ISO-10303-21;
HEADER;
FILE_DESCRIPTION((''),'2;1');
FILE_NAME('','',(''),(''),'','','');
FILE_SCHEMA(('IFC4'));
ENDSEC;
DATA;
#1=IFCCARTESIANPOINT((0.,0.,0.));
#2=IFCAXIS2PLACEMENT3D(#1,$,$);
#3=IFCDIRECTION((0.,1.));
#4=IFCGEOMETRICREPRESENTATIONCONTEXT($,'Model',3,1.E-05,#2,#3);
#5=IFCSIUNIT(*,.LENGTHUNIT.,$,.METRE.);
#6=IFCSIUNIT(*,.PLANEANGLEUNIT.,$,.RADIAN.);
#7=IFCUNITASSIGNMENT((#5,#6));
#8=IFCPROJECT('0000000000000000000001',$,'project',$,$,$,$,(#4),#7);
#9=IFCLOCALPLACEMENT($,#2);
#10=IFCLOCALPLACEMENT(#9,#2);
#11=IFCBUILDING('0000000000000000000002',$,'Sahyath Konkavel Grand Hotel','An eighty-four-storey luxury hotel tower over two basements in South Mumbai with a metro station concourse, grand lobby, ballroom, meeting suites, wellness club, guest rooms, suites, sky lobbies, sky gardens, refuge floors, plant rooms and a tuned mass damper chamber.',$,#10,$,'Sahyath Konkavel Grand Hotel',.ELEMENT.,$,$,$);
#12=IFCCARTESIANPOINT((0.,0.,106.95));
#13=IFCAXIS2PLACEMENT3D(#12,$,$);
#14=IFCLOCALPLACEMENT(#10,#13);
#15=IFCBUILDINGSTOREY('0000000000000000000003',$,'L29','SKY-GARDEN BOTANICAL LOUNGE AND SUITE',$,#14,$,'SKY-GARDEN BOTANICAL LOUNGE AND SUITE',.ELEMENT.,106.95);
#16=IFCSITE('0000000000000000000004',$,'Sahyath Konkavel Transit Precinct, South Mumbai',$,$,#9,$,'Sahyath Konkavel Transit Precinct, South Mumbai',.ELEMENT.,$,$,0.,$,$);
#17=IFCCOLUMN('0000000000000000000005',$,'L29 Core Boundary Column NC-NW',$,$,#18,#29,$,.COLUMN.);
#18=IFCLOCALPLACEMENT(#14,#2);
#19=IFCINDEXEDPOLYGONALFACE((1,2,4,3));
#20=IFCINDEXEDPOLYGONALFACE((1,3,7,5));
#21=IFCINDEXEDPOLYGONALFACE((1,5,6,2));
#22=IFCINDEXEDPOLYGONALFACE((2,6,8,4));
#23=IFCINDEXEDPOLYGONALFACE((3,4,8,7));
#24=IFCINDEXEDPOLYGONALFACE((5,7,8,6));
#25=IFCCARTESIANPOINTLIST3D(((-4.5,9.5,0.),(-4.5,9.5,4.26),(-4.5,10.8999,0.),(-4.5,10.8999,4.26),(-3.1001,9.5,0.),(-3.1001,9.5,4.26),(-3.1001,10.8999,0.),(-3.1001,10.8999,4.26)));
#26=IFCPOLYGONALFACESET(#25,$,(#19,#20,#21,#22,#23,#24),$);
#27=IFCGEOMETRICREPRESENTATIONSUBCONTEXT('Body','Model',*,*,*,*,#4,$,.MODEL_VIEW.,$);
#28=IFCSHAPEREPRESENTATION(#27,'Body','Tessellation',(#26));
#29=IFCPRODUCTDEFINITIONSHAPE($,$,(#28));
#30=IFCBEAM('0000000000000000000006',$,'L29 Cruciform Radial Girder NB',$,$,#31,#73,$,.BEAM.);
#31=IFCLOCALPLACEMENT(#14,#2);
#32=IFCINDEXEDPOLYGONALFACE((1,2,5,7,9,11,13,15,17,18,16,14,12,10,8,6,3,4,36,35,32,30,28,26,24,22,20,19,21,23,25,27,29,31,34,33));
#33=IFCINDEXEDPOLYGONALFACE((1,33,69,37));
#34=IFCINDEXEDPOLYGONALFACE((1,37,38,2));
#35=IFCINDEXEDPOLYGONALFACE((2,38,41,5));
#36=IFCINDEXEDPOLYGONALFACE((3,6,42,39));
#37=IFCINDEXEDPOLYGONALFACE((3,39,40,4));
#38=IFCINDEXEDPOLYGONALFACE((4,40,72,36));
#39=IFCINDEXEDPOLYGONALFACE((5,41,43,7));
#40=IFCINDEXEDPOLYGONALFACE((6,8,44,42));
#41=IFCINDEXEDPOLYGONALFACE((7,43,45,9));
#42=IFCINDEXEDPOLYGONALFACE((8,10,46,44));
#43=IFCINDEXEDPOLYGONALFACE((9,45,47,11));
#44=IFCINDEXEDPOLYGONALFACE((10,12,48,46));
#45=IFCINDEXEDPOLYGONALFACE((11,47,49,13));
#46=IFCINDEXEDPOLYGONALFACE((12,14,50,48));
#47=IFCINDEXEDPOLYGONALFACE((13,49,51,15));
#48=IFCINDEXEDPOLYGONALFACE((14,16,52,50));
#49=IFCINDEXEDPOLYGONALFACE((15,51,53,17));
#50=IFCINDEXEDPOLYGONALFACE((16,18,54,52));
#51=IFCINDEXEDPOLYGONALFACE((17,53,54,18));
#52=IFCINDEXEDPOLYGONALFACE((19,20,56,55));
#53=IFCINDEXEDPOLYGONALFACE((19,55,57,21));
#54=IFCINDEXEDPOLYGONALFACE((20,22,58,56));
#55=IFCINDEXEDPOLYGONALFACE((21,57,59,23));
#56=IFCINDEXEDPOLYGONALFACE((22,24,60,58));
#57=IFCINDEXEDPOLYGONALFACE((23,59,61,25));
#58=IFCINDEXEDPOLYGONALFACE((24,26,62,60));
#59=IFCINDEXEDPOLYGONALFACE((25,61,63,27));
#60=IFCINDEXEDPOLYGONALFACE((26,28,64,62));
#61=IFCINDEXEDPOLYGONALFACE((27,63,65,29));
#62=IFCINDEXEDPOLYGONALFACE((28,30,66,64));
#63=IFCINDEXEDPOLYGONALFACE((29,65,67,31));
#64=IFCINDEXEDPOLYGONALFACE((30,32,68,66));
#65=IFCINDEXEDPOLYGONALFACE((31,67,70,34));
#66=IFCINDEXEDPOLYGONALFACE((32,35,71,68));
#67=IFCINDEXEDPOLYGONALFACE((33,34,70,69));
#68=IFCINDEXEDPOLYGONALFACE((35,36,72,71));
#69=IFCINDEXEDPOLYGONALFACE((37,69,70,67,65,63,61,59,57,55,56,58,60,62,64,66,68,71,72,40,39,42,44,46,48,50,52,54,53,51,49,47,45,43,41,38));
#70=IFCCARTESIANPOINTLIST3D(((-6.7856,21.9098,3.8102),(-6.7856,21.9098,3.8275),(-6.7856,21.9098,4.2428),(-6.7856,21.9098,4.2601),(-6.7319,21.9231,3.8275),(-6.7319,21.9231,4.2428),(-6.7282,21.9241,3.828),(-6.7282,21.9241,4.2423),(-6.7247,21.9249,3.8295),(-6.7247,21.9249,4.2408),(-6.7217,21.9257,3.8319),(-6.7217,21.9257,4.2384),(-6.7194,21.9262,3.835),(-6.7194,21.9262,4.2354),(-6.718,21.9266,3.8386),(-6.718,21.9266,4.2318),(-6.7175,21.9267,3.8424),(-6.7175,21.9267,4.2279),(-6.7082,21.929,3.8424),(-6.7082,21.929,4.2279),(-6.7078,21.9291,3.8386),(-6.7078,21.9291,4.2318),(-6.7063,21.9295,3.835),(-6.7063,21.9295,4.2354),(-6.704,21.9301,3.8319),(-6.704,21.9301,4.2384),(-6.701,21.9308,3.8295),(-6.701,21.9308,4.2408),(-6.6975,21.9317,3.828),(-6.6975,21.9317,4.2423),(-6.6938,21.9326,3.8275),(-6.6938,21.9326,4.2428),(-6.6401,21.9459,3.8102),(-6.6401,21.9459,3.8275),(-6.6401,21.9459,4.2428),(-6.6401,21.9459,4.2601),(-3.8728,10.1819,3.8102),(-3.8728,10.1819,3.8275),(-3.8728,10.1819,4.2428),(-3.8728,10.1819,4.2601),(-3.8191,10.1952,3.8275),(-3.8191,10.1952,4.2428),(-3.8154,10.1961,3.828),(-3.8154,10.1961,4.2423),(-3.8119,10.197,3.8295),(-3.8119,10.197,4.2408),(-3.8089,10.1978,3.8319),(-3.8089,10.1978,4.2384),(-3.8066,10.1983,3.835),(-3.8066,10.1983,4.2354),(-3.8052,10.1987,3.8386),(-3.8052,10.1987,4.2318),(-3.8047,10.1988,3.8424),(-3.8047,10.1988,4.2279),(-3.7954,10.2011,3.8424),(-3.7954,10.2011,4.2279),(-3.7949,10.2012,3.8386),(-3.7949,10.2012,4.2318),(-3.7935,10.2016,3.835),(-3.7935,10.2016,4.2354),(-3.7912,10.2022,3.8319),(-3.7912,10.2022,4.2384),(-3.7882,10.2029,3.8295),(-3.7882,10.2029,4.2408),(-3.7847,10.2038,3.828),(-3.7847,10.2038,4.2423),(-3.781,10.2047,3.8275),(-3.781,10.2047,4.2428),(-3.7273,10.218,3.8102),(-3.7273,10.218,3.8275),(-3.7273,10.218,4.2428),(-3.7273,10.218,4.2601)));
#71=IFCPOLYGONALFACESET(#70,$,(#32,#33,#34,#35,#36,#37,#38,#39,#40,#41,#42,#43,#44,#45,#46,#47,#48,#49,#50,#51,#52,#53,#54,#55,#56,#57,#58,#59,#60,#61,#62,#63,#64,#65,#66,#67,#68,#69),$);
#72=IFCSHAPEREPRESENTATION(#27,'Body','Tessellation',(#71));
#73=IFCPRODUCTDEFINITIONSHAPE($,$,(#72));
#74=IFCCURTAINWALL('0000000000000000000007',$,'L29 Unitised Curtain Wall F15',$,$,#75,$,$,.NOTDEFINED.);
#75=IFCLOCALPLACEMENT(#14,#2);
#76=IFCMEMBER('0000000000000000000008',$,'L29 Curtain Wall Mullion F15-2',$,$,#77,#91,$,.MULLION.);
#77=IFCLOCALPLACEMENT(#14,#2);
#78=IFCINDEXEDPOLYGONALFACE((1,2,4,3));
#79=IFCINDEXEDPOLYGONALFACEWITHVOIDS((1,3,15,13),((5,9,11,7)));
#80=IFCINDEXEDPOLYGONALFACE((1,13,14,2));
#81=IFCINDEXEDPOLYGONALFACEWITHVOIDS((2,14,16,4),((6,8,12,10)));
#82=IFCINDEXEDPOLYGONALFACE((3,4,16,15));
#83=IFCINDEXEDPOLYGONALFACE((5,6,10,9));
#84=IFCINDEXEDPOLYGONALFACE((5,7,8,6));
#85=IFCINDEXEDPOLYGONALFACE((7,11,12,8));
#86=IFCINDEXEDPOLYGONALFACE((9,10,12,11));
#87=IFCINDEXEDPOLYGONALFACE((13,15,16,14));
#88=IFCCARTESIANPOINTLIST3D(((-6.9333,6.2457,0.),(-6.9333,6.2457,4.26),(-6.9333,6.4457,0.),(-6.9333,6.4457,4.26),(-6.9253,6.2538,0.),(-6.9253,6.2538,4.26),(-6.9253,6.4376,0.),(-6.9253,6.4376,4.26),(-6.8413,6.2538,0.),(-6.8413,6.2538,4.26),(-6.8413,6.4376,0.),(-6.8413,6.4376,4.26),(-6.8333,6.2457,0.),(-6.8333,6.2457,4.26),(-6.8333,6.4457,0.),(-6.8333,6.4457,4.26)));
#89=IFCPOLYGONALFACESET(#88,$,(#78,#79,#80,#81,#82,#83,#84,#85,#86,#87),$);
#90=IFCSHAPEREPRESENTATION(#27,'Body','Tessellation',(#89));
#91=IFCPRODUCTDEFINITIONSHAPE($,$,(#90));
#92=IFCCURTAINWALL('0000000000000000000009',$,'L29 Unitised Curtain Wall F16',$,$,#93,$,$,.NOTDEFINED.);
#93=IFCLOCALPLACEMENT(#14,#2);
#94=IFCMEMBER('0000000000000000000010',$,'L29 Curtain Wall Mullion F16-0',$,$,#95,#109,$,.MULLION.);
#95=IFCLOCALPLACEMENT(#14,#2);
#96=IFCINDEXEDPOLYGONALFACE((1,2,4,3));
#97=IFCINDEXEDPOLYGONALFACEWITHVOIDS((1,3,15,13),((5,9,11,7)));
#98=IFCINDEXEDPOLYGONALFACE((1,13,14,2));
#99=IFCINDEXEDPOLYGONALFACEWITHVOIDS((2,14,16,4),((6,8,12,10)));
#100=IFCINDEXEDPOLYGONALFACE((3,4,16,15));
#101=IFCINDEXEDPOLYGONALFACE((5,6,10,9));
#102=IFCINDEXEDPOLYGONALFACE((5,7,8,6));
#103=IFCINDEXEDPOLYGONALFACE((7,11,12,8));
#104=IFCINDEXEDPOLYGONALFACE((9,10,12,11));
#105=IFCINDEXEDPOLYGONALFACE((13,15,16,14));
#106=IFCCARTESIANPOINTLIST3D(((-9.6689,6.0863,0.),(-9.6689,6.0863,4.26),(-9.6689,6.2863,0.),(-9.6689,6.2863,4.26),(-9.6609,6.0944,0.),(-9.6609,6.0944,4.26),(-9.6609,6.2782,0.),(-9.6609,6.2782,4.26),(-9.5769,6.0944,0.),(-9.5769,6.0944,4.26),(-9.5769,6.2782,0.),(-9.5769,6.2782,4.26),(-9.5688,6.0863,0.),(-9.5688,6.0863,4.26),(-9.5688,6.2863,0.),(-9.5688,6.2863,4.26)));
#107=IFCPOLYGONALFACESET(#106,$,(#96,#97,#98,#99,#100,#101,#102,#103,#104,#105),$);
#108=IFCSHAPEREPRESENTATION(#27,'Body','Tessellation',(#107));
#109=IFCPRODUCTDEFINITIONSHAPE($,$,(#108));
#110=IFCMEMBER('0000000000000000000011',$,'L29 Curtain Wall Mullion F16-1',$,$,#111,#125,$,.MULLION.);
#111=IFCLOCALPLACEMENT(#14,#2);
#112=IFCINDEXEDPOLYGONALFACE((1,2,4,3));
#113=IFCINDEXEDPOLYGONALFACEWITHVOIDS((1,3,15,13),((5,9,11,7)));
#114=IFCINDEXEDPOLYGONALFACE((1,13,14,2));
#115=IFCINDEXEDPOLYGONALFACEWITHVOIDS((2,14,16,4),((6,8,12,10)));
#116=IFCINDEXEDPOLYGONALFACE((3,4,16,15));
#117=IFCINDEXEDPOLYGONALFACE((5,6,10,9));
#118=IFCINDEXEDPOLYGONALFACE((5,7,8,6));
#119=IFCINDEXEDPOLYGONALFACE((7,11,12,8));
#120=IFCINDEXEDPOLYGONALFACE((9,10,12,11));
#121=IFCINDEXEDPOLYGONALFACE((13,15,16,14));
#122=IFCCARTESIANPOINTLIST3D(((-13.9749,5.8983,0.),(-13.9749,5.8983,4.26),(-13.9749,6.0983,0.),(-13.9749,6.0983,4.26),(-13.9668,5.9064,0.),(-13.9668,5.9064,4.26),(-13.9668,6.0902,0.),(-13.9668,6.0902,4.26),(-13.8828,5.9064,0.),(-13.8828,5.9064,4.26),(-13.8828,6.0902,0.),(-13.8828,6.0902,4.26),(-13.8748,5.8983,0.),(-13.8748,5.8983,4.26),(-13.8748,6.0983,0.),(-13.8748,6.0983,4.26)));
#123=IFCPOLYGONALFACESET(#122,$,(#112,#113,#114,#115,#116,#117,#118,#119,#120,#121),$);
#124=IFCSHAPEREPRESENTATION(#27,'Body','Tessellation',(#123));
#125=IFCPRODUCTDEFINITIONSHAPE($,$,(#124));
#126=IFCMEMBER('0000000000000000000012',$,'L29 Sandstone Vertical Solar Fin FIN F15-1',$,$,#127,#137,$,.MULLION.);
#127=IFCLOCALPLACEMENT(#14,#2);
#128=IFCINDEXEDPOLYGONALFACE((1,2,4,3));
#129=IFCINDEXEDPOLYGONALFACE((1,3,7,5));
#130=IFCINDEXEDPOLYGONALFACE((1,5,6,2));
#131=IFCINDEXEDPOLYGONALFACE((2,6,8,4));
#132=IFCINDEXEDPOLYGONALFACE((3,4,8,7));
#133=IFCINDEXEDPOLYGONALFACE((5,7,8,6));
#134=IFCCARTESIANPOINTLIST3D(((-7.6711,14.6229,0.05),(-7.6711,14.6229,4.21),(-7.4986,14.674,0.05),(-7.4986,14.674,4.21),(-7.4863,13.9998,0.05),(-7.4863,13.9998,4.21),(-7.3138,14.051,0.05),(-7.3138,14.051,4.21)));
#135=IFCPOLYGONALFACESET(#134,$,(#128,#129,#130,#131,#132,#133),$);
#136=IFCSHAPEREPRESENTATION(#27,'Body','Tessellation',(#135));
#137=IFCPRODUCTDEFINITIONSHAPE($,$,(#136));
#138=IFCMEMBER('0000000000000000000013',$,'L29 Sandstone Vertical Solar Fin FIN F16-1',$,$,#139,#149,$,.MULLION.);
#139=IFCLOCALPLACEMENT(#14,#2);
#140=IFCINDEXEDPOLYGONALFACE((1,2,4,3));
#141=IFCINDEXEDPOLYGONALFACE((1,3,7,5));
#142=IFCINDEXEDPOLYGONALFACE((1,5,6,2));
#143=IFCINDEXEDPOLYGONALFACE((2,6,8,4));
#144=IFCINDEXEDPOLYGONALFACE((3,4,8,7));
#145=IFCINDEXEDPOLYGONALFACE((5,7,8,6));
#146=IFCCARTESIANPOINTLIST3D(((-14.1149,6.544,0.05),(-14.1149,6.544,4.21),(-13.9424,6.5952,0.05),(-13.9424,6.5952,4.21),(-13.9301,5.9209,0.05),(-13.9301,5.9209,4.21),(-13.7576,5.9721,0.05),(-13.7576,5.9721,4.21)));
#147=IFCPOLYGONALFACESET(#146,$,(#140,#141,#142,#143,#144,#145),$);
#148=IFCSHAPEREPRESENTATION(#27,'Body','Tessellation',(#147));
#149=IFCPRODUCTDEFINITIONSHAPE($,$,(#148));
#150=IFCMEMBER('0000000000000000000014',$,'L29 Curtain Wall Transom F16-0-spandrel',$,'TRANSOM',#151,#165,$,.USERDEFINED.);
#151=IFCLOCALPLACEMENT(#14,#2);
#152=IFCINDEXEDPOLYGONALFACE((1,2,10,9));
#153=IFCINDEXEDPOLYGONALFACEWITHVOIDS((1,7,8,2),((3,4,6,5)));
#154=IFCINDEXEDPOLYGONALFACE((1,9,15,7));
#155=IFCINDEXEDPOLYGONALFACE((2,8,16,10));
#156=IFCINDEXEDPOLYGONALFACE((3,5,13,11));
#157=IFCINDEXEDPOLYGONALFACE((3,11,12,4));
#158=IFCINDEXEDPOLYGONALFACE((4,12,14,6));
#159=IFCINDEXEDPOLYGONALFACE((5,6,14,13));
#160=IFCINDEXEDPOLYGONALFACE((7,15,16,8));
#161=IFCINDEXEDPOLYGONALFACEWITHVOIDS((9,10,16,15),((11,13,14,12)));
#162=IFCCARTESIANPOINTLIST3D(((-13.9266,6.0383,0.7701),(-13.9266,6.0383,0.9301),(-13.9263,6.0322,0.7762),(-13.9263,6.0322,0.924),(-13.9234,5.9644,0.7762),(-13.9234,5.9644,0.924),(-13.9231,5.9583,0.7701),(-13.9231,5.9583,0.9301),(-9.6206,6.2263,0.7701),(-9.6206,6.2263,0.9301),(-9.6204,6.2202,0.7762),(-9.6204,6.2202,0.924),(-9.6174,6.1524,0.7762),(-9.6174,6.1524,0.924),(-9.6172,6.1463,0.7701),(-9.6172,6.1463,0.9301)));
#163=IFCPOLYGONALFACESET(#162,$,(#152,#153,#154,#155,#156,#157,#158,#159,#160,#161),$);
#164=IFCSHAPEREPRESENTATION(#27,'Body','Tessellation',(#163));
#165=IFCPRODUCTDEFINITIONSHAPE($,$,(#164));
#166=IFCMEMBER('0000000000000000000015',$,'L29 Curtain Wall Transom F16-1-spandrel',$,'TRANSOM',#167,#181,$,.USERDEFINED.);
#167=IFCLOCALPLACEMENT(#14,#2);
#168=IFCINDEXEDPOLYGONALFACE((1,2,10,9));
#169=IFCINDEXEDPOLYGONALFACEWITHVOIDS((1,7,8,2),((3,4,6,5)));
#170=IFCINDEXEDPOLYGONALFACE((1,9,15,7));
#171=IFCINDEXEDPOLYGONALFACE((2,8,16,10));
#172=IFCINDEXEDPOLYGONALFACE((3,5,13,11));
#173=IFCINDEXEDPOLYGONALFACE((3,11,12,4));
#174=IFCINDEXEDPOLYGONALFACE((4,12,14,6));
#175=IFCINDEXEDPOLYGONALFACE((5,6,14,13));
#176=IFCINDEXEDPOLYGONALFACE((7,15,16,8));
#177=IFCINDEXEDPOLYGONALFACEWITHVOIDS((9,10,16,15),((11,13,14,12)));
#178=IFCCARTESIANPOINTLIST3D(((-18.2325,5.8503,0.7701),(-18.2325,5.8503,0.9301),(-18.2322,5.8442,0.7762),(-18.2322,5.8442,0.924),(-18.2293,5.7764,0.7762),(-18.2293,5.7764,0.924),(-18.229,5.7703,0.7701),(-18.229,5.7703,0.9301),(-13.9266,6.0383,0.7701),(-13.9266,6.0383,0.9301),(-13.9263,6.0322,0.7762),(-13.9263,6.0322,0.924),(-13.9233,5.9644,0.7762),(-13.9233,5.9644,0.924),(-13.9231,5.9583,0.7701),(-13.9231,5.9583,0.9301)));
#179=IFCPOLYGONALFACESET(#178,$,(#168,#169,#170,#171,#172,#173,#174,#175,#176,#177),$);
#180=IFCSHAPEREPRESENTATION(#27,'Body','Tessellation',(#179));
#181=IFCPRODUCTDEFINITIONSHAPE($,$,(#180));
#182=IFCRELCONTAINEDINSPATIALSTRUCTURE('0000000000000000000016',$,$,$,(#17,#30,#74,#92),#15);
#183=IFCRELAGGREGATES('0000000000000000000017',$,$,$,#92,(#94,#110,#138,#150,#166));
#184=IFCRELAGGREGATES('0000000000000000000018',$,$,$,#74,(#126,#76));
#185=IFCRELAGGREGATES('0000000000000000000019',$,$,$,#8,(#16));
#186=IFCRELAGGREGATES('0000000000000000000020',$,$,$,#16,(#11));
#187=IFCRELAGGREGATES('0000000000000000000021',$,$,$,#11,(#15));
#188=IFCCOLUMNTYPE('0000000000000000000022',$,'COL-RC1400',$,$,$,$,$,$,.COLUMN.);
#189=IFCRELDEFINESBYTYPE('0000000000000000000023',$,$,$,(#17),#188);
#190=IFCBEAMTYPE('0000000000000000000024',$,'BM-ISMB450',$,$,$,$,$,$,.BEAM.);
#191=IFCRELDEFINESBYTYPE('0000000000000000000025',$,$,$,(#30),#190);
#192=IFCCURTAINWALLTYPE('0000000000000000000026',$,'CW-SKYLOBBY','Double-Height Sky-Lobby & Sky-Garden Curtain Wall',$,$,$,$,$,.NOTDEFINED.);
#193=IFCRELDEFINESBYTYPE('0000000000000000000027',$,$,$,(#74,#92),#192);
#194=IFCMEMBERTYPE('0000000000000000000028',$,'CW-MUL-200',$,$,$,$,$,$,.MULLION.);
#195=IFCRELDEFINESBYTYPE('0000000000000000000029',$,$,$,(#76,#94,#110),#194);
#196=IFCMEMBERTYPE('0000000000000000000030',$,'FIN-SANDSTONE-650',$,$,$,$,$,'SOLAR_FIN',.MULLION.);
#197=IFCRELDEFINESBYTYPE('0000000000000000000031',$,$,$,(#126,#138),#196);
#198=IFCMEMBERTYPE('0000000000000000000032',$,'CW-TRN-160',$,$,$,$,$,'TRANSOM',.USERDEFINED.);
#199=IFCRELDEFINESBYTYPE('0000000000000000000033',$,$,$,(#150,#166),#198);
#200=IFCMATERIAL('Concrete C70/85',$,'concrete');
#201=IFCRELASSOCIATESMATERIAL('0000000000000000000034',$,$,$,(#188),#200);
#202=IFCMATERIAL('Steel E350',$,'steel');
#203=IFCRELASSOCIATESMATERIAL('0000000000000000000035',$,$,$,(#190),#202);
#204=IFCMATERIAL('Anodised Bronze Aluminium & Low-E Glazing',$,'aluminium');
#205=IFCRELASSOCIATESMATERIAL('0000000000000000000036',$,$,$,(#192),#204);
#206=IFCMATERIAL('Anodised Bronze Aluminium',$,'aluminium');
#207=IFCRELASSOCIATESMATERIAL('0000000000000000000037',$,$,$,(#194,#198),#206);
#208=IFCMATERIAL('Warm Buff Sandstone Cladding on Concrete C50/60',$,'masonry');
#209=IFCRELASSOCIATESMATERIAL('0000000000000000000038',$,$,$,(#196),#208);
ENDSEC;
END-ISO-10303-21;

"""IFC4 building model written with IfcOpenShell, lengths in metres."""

from ifc_helpers import new_model, si_unit, direction, frame, origin, origin_2d, place, context, subcontext, project, spatial, rectangle, hollow_rectangle, i_section, extrude, source, transform, mapped, material, material_profile, profile_set, type_object, element, aggregate, save


model = new_model("IFC4")

# Units and contexts
model_context = context("Model", 3, precision=1e-05, world=origin(), true_north=direction((0.0, 1.0)))
body_context = subcontext(model_context, "Body", "Model", "MODEL_VIEW")
ifc_project = project(units=[si_unit("LENGTHUNIT", "METRE"), si_unit("PLANEANGLEUNIT", "RADIAN")], contexts=[model_context])

# Site, building, storey
site_placement = place(None, origin())
site = spatial("IfcSite", under=ifc_project, at=site_placement, Name="Sahyath Konkavel Transit Precinct, South Mumbai", LongName="Sahyath Konkavel Transit Precinct, South Mumbai", CompositionType="ELEMENT", RefElevation=0.0)
building_placement = place(site_placement, origin())
building = spatial("IfcBuilding", under=site, at=building_placement, Name="Sahyath Konkavel Grand Hotel", Description="An eighty-four-storey luxury hotel tower over two basements in South Mumbai with a metro station concourse, grand lobby, ballroom, meeting suites, wellness club, guest rooms, suites, sky lobbies, sky gardens, refuge floors, plant rooms and a tuned mass damper chamber.", LongName="Sahyath Konkavel Grand Hotel", CompositionType="ELEMENT")
storey_placement = place(building_placement, frame((0.0, 0.0, 106.95)))
storey = spatial("IfcBuildingStorey", under=building, at=storey_placement, Name="L29", Description="SKY-GARDEN BOTANICAL LOUNGE AND SUITE", LongName="SKY-GARDEN BOTANICAL LOUNGE AND SUITE", CompositionType="ELEMENT", Elevation=106.95)

# Column
ifc_material_1 = material(Name="Concrete C70/85", Category="concrete")
ifc_material_profile_1 = material_profile(ifc_material_1, rectangle(XDim=1.3999, YDim=1.3999, at=origin_2d()), Name="RC 1400x1400")
ifc_profile_set_1 = profile_set([ifc_material_profile_1], Name="Concrete C70/85")
column_type = type_object("IfcColumnType", Name="COL-RC1400", PredefinedType="COLUMN", material=ifc_profile_set_1)
shared_shape_1 = source(origin(), body_context, "Body", "SweptSolid", [
    extrude(rectangle(XDim=1.3999, YDim=1.3999, at=origin_2d()), origin(), (0.0, 0.0, 1.0), 4.26),
])
column_placement = place(storey_placement, frame((-3.8, 10.2, 0.0), z_axis=(0.0, 0.0, 1.0), x_axis=(1.0, 0.0, 0.0)))
element("IfcColumn", 1, at=column_placement, inside=storey, type_object=column_type, Name="L29 Core Boundary Column NC-NW", PredefinedType="COLUMN", context=body_context, shape_type="MappedRepresentation", body=[
    mapped(shared_shape_1, transform((0.0, 0.0, 0.0), scale=1.0)),
])

# Beam
ifc_material_2 = material(Name="Steel E350", Category="steel")
ifc_material_profile_2 = material_profile(ifc_material_2, i_section(OverallWidth=0.1499, OverallDepth=0.45, WebThickness=0.0095, FlangeThickness=0.0173, FilletRadius=0.0149, at=origin_2d()), Name="ISMB 450")
ifc_profile_set_2 = profile_set([ifc_material_profile_2], Name="Steel E350")
beam_type = type_object("IfcBeamType", Name="BM-ISMB450", PredefinedType="BEAM", material=ifc_profile_set_2)
shared_shape_2 = source(origin(), body_context, "Body", "SweptSolid", [
    extrude(i_section(OverallWidth=0.1499, OverallDepth=0.45, WebThickness=0.0095, FlangeThickness=0.0173, FilletRadius=0.0149, at=origin_2d()), origin(), (0.0, 0.0, 1.0), 12.0842),
])
beam_placement = place(storey_placement, frame((-3.8, 10.2, 4.0352), z_axis=(-0.241043, 0.970515, 0.0), x_axis=(-0.970515, -0.241043, 0.0)))
element("IfcBeam", 2, at=beam_placement, inside=storey, type_object=beam_type, Name="L29 Cruciform Radial Girder NB", PredefinedType="BEAM", context=body_context, shape_type="MappedRepresentation", body=[
    mapped(shared_shape_2, transform((0.0, 0.0, 0.0), scale=1.0)),
])

# Curtain wall, member
ifc_material_3 = material(Name="Anodised Bronze Aluminium & Low-E Glazing", Category="aluminium")
curtain_wall_type = type_object("IfcCurtainWallType", Name="CW-SKYLOBBY", Description="Double-Height Sky-Lobby & Sky-Garden Curtain Wall", PredefinedType="NOTDEFINED", material=ifc_material_3)
curtain_wall_1_placement = place(storey_placement, origin())
curtain_wall_1 = element("IfcCurtainWall", 3, at=curtain_wall_1_placement, inside=storey, type_object=curtain_wall_type, Name="L29 Unitised Curtain Wall F15", PredefinedType="NOTDEFINED")
ifc_material_4 = material(Name="Anodised Bronze Aluminium", Category="aluminium")
ifc_material_profile_3 = material_profile(ifc_material_4, hollow_rectangle(XDim=0.1001, YDim=0.2, WallThickness=0.0081, at=origin_2d()), Name="RHS 200x100x8")
ifc_profile_set_3 = profile_set([ifc_material_profile_3], Name="Anodised Bronze Aluminium")
member_type_1 = type_object("IfcMemberType", Name="CW-MUL-200", PredefinedType="MULLION", material=ifc_profile_set_3)
shared_shape_3 = source(origin(), body_context, "Body", "SweptSolid", [
    extrude(hollow_rectangle(XDim=0.1001, YDim=0.2, WallThickness=0.0081, at=origin_2d()), origin(), (0.0, 0.0, 1.0), 4.26),
])
member_1_placement = place(storey_placement, frame((-6.8833, 6.3457, 0.0), z_axis=(0.0, 0.0, 1.0), x_axis=(1.0, 0.0, 0.0)))
member_1 = element("IfcMember", 4, at=member_1_placement, type_object=member_type_1, Name="L29 Curtain Wall Mullion F15-2", PredefinedType="MULLION", context=body_context, shape_type="MappedRepresentation", body=[
    mapped(shared_shape_3, transform((0.0, 0.0, 0.0), scale=1.0)),
])

# Curtain wall, members
curtain_wall_2_placement = place(storey_placement, origin())
curtain_wall_2 = element("IfcCurtainWall", 5, at=curtain_wall_2_placement, inside=storey, type_object=curtain_wall_type, Name="L29 Unitised Curtain Wall F16", PredefinedType="NOTDEFINED")
member_2_placement = place(storey_placement, frame((-9.6189, 6.1863, 0.0), z_axis=(0.0, 0.0, 1.0), x_axis=(1.0, 0.0, 0.0)))
member_2 = element("IfcMember", 6, at=member_2_placement, type_object=member_type_1, Name="L29 Curtain Wall Mullion F16-0", PredefinedType="MULLION", context=body_context, shape_type="MappedRepresentation", body=[
    mapped(shared_shape_3, transform((0.0, 0.0, 0.0), scale=1.0)),
])
member_3_placement = place(storey_placement, frame((-13.9248, 5.9983, 0.0), z_axis=(0.0, 0.0, 1.0), x_axis=(1.0, 0.0, 0.0)))
member_3 = element("IfcMember", 7, at=member_3_placement, type_object=member_type_1, Name="L29 Curtain Wall Mullion F16-1", PredefinedType="MULLION", context=body_context, shape_type="MappedRepresentation", body=[
    mapped(shared_shape_3, transform((0.0, 0.0, 0.0), scale=1.0)),
])

# Members
ifc_material_5 = material(Name="Warm Buff Sandstone Cladding on Concrete C50/60", Category="masonry")
ifc_material_profile_4 = material_profile(ifc_material_5, rectangle(XDim=0.1799, YDim=0.6499, at=origin_2d()), Name="FIN 180x650")
ifc_profile_set_4 = profile_set([ifc_material_profile_4], Name="Warm Buff Sandstone Cladding on Concrete C50/60")
member_type_2 = type_object("IfcMemberType", Name="FIN-SANDSTONE-650", ElementType="SOLAR_FIN", PredefinedType="MULLION", material=ifc_profile_set_4)
shared_shape_4 = source(origin(), body_context, "Body", "SweptSolid", [
    extrude(rectangle(XDim=0.1799, YDim=0.6499, at=origin_2d()), origin(), (0.0, 0.0, 1.0), 4.1599),
])
member_4_placement = place(storey_placement, frame((-7.4924, 14.3369, 0.05), z_axis=(0.0, 0.0, 1.0), x_axis=(0.958721, 0.28435, 0.0)))
member_4 = element("IfcMember", 8, at=member_4_placement, type_object=member_type_2, Name="L29 Sandstone Vertical Solar Fin FIN F15-1", PredefinedType="MULLION", context=body_context, shape_type="MappedRepresentation", body=[
    mapped(shared_shape_4, transform((0.0, 0.0, 0.0), scale=1.0)),
])
member_5_placement = place(storey_placement, frame((-13.9363, 6.2581, 0.05), z_axis=(0.0, 0.0, 1.0), x_axis=(0.958721, 0.28435, 0.0)))
member_5 = element("IfcMember", 9, at=member_5_placement, type_object=member_type_2, Name="L29 Sandstone Vertical Solar Fin FIN F16-1", PredefinedType="MULLION", context=body_context, shape_type="MappedRepresentation", body=[
    mapped(shared_shape_4, transform((0.0, 0.0, 0.0), scale=1.0)),
])
ifc_material_profile_5 = material_profile(ifc_material_4, hollow_rectangle(XDim=0.0801, YDim=0.1599, WallThickness=0.0061, at=origin_2d()), Name="RHS 160x80x6")
ifc_profile_set_5 = profile_set([ifc_material_profile_5], Name="Anodised Bronze Aluminium")
member_type_3 = type_object("IfcMemberType", Name="CW-TRN-160", ElementType="TRANSOM", PredefinedType="USERDEFINED", material=ifc_profile_set_5)
shared_shape_5 = source(origin(), body_context, "Body", "SweptSolid", [
    extrude(hollow_rectangle(XDim=0.0801, YDim=0.1599, WallThickness=0.0061, at=origin_2d()), origin(), (0.0, 0.0, 1.0), 4.3101),
])
member_6_placement = place(storey_placement, frame((-9.6189, 6.1863, 0.8501), z_axis=(-0.999048, -0.043617, 0.0), x_axis=(0.043617, -0.999048, 0.0)))
member_6 = element("IfcMember", 10, at=member_6_placement, type_object=member_type_3, Name="L29 Curtain Wall Transom F16-0-spandrel", ObjectType="TRANSOM", PredefinedType="USERDEFINED", context=body_context, shape_type="MappedRepresentation", body=[
    mapped(shared_shape_5, transform((0.0, 0.0, 0.0), scale=1.0)),
])
member_7_placement = place(storey_placement, frame((-13.9248, 5.9983, 0.8501), z_axis=(-0.999048, -0.043617, 0.0), x_axis=(0.043617, -0.999048, 0.0)))
member_7 = element("IfcMember", 11, at=member_7_placement, type_object=member_type_3, Name="L29 Curtain Wall Transom F16-1-spandrel", ObjectType="TRANSOM", PredefinedType="USERDEFINED", context=body_context, shape_type="MappedRepresentation", body=[
    mapped(shared_shape_5, transform((0.0, 0.0, 0.0), scale=1.0)),
])

aggregate(curtain_wall_2, [member_2, member_3, member_5, member_6, member_7])
aggregate(curtain_wall_1, [member_4, member_1])

save(model, "model.ifc")
